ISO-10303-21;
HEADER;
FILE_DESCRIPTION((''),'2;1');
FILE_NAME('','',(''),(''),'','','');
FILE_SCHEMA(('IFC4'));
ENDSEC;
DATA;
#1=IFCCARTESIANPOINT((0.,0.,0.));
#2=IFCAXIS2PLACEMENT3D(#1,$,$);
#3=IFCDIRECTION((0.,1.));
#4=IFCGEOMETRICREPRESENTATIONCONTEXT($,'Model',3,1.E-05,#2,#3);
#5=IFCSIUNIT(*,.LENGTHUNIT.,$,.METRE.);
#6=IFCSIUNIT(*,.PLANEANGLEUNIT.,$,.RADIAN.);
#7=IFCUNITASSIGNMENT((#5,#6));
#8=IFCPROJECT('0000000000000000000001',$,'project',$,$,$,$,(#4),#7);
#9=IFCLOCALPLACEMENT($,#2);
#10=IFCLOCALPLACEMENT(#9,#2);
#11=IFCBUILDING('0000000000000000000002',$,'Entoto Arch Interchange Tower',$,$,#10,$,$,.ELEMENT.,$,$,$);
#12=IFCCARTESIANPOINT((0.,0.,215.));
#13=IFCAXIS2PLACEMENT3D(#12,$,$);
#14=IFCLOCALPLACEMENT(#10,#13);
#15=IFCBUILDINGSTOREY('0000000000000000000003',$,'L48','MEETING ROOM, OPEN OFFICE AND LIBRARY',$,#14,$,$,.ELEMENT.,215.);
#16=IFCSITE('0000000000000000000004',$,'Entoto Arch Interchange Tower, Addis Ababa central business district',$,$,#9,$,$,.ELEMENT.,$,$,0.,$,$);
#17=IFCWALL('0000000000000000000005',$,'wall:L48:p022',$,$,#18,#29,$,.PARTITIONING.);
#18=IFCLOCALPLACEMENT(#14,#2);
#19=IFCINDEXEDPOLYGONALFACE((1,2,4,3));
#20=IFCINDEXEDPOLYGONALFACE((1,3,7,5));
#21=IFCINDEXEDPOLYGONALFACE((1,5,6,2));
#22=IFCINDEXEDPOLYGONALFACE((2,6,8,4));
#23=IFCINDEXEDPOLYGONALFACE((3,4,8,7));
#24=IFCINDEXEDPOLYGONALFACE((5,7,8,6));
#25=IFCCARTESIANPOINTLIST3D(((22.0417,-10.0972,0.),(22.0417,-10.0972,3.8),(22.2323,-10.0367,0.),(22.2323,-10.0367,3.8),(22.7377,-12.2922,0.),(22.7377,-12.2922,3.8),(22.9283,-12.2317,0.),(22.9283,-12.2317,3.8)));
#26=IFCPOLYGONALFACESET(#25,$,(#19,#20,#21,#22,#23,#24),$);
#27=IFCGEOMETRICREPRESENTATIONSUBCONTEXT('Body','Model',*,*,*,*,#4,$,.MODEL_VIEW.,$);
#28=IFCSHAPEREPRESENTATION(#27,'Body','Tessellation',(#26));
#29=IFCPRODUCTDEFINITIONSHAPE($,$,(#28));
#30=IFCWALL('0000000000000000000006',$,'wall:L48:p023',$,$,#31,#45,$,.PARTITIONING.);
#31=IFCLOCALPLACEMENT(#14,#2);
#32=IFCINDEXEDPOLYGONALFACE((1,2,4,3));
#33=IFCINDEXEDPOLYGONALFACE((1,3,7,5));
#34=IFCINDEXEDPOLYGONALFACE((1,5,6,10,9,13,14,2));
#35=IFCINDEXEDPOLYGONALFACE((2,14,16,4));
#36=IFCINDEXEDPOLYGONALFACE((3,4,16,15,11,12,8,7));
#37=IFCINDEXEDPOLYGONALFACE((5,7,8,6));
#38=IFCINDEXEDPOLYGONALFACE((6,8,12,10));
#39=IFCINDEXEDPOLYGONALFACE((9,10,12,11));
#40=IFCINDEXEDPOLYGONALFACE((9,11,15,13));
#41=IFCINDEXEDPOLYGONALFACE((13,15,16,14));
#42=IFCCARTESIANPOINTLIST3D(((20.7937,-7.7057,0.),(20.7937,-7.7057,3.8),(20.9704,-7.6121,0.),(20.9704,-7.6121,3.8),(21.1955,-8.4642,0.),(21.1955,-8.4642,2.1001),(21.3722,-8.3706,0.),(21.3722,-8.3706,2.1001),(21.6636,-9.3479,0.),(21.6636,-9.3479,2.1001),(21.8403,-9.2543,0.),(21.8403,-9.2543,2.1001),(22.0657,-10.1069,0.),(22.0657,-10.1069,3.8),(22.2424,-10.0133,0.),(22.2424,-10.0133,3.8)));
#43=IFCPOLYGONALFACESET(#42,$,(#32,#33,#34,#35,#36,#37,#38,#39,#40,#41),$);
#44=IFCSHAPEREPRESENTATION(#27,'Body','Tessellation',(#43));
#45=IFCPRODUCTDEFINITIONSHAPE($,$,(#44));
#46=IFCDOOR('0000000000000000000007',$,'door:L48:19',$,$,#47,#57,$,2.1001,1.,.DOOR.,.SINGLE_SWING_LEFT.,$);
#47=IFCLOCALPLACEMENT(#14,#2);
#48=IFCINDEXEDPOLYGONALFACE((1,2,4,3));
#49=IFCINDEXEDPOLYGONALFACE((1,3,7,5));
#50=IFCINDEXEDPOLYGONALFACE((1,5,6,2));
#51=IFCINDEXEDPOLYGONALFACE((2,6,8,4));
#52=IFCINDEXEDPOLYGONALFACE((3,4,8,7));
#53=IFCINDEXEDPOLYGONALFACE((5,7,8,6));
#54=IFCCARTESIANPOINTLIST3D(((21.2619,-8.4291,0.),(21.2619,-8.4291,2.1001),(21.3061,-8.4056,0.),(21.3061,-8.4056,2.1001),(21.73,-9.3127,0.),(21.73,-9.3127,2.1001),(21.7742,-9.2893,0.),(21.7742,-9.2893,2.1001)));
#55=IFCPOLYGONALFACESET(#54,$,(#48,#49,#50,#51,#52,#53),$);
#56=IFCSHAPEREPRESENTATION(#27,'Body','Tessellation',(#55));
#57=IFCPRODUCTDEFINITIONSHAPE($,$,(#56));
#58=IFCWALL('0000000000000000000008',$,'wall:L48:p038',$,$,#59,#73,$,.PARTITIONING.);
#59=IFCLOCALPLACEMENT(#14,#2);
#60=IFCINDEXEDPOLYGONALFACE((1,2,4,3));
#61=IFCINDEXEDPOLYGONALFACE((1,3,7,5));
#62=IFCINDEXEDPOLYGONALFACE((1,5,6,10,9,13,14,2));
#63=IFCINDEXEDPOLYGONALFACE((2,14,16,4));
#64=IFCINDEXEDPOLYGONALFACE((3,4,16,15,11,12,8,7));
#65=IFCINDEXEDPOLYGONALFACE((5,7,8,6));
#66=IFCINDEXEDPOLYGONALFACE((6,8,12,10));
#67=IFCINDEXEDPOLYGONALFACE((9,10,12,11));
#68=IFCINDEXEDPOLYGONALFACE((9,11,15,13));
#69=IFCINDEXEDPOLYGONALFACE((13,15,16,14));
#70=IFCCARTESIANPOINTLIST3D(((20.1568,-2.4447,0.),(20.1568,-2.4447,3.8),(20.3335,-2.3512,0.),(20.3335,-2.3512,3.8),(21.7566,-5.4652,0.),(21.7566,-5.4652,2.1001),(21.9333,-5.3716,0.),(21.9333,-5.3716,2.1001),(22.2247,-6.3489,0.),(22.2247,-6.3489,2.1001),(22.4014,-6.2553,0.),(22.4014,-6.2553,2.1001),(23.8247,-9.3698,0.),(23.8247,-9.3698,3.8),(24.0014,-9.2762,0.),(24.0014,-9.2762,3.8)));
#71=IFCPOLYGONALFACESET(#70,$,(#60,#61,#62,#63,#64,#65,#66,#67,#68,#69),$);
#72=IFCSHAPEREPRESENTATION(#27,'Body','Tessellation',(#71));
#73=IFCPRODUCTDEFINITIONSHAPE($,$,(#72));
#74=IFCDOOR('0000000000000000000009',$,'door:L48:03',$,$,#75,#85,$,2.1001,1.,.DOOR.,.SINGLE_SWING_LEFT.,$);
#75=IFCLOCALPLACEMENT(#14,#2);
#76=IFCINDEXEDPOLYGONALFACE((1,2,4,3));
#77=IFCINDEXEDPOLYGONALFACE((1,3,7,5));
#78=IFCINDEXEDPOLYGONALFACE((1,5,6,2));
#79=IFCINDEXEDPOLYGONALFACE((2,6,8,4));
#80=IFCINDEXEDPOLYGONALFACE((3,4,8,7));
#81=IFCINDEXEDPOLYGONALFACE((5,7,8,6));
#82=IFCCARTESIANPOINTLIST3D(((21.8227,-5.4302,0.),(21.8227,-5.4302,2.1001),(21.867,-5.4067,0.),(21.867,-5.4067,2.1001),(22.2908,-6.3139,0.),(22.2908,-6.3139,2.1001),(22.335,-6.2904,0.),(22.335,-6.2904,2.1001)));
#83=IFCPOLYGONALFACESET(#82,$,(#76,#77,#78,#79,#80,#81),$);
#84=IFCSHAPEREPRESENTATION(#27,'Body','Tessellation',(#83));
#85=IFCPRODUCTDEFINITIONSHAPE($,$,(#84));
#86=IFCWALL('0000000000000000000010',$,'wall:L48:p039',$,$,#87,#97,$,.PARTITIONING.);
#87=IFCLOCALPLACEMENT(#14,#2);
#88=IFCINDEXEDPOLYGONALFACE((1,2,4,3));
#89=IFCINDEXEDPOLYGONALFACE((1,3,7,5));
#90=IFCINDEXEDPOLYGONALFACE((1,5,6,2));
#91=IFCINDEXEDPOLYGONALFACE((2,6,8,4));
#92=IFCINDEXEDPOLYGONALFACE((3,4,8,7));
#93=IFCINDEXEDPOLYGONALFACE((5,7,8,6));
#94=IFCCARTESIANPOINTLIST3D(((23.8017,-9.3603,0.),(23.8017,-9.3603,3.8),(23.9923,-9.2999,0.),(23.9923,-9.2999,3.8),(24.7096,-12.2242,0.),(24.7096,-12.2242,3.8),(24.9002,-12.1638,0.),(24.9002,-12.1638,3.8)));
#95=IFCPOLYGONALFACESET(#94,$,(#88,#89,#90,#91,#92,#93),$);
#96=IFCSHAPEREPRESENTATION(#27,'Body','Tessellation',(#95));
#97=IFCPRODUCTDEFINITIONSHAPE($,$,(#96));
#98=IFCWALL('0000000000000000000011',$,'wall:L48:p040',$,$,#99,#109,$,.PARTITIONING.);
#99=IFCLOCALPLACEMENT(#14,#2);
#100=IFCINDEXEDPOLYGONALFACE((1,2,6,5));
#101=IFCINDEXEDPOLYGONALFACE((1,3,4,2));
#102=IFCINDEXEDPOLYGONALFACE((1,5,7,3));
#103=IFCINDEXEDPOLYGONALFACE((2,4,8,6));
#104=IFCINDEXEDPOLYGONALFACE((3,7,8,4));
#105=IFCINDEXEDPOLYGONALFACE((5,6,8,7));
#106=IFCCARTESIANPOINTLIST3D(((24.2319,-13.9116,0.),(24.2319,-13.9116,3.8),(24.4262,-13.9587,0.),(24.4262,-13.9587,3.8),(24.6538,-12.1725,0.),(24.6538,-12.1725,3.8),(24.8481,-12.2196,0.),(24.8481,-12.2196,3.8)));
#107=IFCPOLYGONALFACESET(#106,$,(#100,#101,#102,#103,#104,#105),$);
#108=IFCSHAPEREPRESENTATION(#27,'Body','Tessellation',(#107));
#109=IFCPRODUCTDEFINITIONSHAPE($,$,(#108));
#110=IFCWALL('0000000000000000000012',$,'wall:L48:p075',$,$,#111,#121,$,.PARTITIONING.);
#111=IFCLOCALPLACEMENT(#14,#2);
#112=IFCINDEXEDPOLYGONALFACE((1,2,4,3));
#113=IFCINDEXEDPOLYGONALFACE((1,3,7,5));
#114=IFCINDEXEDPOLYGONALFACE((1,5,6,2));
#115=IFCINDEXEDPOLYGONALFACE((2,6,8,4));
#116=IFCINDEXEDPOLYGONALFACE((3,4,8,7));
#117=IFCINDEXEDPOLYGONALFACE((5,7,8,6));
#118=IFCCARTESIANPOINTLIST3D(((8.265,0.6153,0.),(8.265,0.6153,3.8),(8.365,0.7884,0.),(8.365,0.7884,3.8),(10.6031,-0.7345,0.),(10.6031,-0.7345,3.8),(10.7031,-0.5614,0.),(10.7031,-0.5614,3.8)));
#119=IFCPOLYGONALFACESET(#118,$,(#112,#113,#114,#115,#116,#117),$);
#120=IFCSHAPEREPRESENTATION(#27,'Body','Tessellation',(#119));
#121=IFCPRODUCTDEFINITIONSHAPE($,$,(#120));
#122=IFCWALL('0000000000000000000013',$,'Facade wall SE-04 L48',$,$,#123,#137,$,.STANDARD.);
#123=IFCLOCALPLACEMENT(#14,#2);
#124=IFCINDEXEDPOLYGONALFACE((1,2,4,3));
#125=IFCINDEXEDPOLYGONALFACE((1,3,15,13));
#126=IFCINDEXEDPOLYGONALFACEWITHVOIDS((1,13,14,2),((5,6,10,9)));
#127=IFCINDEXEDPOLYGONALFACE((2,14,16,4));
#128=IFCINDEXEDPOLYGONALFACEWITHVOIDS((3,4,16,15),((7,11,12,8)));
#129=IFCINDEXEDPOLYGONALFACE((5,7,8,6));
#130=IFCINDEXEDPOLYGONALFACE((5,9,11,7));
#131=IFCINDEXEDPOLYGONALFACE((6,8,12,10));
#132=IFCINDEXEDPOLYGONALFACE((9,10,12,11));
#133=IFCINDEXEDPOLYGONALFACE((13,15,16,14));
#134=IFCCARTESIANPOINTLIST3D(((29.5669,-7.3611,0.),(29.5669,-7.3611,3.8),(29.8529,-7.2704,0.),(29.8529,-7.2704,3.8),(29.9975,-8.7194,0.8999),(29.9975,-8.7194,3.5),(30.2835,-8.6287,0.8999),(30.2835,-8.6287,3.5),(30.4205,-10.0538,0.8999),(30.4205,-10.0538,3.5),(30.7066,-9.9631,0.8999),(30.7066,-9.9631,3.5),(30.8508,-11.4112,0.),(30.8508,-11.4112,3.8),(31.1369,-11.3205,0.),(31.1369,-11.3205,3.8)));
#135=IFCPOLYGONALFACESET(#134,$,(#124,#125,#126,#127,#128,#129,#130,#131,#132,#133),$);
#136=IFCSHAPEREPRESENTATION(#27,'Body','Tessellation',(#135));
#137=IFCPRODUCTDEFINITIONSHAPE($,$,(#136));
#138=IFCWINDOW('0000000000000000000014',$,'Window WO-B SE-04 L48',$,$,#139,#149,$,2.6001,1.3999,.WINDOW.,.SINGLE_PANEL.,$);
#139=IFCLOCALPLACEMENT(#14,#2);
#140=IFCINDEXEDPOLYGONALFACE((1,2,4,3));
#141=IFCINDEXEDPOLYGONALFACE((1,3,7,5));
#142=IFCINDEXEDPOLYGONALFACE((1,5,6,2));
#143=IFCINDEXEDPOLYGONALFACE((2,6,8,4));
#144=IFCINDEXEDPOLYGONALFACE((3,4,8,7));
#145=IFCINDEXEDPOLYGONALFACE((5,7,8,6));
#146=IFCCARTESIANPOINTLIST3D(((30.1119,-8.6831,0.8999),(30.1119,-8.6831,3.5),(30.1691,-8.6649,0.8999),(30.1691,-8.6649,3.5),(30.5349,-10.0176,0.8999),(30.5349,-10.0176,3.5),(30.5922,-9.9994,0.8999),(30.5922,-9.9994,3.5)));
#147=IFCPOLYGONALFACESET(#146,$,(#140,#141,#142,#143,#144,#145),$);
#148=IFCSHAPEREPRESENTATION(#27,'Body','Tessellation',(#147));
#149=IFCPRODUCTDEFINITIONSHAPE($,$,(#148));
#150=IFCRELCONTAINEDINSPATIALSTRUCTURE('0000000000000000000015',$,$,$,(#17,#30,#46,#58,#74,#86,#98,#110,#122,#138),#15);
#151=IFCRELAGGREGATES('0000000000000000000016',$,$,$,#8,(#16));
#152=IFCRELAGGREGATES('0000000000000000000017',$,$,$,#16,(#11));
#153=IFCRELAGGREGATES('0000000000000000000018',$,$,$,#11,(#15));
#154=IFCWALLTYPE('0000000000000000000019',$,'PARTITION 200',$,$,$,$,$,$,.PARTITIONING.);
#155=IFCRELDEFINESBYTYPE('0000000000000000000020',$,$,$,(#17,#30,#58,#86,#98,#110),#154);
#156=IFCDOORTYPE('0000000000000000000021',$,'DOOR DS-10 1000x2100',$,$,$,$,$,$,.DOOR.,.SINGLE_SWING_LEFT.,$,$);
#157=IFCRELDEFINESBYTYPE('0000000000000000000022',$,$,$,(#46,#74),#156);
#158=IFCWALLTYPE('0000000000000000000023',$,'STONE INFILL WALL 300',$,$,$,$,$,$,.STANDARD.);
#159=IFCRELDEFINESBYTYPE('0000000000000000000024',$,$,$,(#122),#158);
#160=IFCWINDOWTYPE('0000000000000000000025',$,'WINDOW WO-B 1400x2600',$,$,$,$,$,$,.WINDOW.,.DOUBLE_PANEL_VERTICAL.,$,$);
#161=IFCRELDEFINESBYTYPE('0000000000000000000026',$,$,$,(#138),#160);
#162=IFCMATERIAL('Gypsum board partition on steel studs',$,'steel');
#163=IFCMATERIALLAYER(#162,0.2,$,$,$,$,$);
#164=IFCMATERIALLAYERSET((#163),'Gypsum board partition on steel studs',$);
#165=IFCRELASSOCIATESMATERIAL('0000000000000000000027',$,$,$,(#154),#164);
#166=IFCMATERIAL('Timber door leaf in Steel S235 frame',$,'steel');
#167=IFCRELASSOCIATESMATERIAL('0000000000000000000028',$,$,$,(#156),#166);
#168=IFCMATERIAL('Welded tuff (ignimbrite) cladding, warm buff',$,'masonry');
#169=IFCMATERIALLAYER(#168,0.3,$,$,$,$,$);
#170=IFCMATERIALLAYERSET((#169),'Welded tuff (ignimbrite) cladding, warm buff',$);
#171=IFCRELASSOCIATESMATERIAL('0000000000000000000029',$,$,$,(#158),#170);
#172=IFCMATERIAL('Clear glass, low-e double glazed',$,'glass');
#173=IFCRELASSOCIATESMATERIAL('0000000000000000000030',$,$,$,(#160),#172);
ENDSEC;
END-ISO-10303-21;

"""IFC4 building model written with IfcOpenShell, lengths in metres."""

from ifc_helpers import new_model, si_unit, direction, frame, frame_2d, origin, place, context, subcontext, project, spatial, rectangle, extrude, material, layer, layer_set, type_object, element, fill, save


model = new_model("IFC4")

# Units and contexts
model_context = context("Model", 3, precision=1e-05, world=origin(), true_north=direction((0.0, 1.0)))
body_context = subcontext(model_context, "Body", "Model", "MODEL_VIEW")
ifc_project = project(units=[si_unit("LENGTHUNIT", "METRE"), si_unit("PLANEANGLEUNIT", "RADIAN")], contexts=[model_context])

# Site, building, storey
site_placement = place(None, origin())
site = spatial("IfcSite", under=ifc_project, at=site_placement, Name="Entoto Arch Interchange Tower, Addis Ababa central business district", CompositionType="ELEMENT", RefElevation=0.0)
building_placement = place(site_placement, origin())
building = spatial("IfcBuilding", under=site, at=building_placement, Name="Entoto Arch Interchange Tower", CompositionType="ELEMENT")
storey_placement = place(building_placement, frame((0.0, 0.0, 215.0)))
storey = spatial("IfcBuildingStorey", under=building, at=storey_placement, Name="L48", Description="MEETING ROOM, OPEN OFFICE AND LIBRARY", CompositionType="ELEMENT", Elevation=215.0)

# Shared definitions
ifc_material_1 = material(Name="Gypsum board partition on steel studs", Category="steel")
ifc_layer_1 = layer(ifc_material_1, 0.2)
ifc_layer_set_1 = layer_set([ifc_layer_1], Name="Gypsum board partition on steel studs")
wall_type_1 = type_object("IfcWallType", Name="PARTITION 200", PredefinedType="PARTITIONING", material=ifc_layer_set_1)

# Shared definitions
ifc_material_2 = material(Name="Timber door leaf in Steel S235 frame", Category="steel")
door_type = type_object("IfcDoorType", Name="DOOR DS-10 1000x2100", OperationType="SINGLE_SWING_LEFT", PredefinedType="DOOR", material=ifc_material_2)

# Wall
wall_1_placement = place(storey_placement, frame((22.833, -12.262, 0.0), z_axis=(0.0, 0.0, 1.0), x_axis=(-0.302263, 0.953225, 0.0)))
element("IfcWall", 1, at=wall_1_placement, inside=storey, type_object=wall_type_1, Name="wall:L48:p022", PredefinedType="PARTITIONING", context=body_context, shape_type="SweptSolid", body=[
    extrude(rectangle(XDim=2.3027, YDim=0.2, at=frame_2d((1.1514, 0.0))), origin(), (0.0, 0.0, 1.0), 3.8),
])

# Walls, openings, doors
wall_2_placement = place(storey_placement, frame((22.1541, -10.0601, 0.0), z_axis=(0.0, 0.0, 1.0), x_axis=(-0.468115, 0.883668, 0.0)))
wall_2 = element("IfcWall", 2, at=wall_2_placement, inside=storey, type_object=wall_type_1, Name="wall:L48:p023", PredefinedType="PARTITIONING", context=body_context, shape_type="SweptSolid", body=[
    extrude(rectangle(XDim=2.7173, YDim=0.2, at=frame_2d((1.3586, 0.0))), origin(), (0.0, 0.0, 1.0), 3.8),
])
opening_1_placement = place(wall_2_placement, frame((0.8589, 0.0, 0.0)))
opening_1 = element("IfcOpeningElement", 3, at=opening_1_placement, cuts=wall_2, PredefinedType="OPENING", context=body_context, shape_type="SweptSolid", body=[
    extrude(rectangle(XDim=1.0, YDim=2.1001, at=frame_2d((0.5, 1.05))), frame((0.0, 0.1099, 0.0), z_axis=(0.0, -1.0, 0.0), x_axis=(1.0, 0.0, 0.0)), (0.0, 0.0, 1.0), 0.22),
])
door_1_placement = place(opening_1_placement, origin())
door_1 = element("IfcDoor", 4, at=door_1_placement, inside=storey, type_object=door_type, Name="door:L48:19", OperationType="SINGLE_SWING_LEFT", OverallHeight=2.1001, OverallWidth=1.0, PredefinedType="DOOR", context=body_context, shape_type="SweptSolid", body=[
    extrude(rectangle(XDim=1.0, YDim=2.1001, at=frame_2d((0.5, 1.05))), frame((0.0, 0.0249, 0.0), z_axis=(0.0, -1.0, 0.0), x_axis=(1.0, 0.0, 0.0)), (0.0, 0.0, 1.0), 0.05),
])
fill(opening_1, door_1)
wall_3_placement = place(storey_placement, frame((20.2451, -2.3979, 0.0), z_axis=(0.0, 0.0, 1.0), x_axis=(0.468064, -0.883695, 0.0)))
wall_3 = element("IfcWall", 5, at=wall_3_placement, inside=storey, type_object=wall_type_1, Name="wall:L48:p038", PredefinedType="PARTITIONING", context=body_context, shape_type="SweptSolid", body=[
    extrude(rectangle(XDim=7.8364, YDim=0.2, at=frame_2d((3.9182, 0.0))), origin(), (0.0, 0.0, 1.0), 3.8),
])
opening_2_placement = place(wall_3_placement, frame((3.418, 0.0, 0.0)))
opening_2 = element("IfcOpeningElement", 6, at=opening_2_placement, cuts=wall_3, PredefinedType="OPENING", context=body_context, shape_type="SweptSolid", body=[
    extrude(rectangle(XDim=1.0, YDim=2.1001, at=frame_2d((0.5, 1.05))), frame((0.0, 0.1099, 0.0), z_axis=(0.0, -1.0, 0.0), x_axis=(1.0, 0.0, 0.0)), (0.0, 0.0, 1.0), 0.22),
])
door_2_placement = place(opening_2_placement, origin())
door_2 = element("IfcDoor", 7, at=door_2_placement, inside=storey, type_object=door_type, Name="door:L48:03", OperationType="SINGLE_SWING_LEFT", OverallHeight=2.1001, OverallWidth=1.0, PredefinedType="DOOR", context=body_context, shape_type="SweptSolid", body=[
    extrude(rectangle(XDim=1.0, YDim=2.1001, at=frame_2d((0.5, 1.05))), frame((0.0, 0.0249, 0.0), z_axis=(0.0, -1.0, 0.0), x_axis=(1.0, 0.0, 0.0)), (0.0, 0.0, 1.0), 0.05),
])
fill(opening_2, door_2)

# Walls
wall_4_placement = place(storey_placement, frame((23.897, -9.3301, 0.0), z_axis=(0.0, 0.0, 1.0), x_axis=(0.302201, -0.953244, 0.0)))
element("IfcWall", 8, at=wall_4_placement, inside=storey, type_object=wall_type_1, Name="wall:L48:p039", PredefinedType="PARTITIONING", context=body_context, shape_type="SweptSolid", body=[
    extrude(rectangle(XDim=3.0044, YDim=0.2, at=frame_2d((1.5022, 0.0))), origin(), (0.0, 0.0, 1.0), 3.8),
])
wall_5_placement = place(storey_placement, frame((24.751, -12.196, 0.0), z_axis=(0.0, 0.0, 1.0), x_axis=(-0.235756, -0.971812, 0.0)))
element("IfcWall", 9, at=wall_5_placement, inside=storey, type_object=wall_type_1, Name="wall:L48:p040", PredefinedType="PARTITIONING", context=body_context, shape_type="SweptSolid", body=[
    extrude(rectangle(XDim=1.7896, YDim=0.2, at=frame_2d((0.8948, 0.0))), origin(), (0.0, 0.0, 1.0), 3.8),
])
wall_6_placement = place(storey_placement, frame((10.6531, -0.6479, 0.0), z_axis=(0.0, 0.0, 1.0), x_axis=(-0.866037, 0.499981, 0.0)))
element("IfcWall", 10, at=wall_6_placement, inside=storey, type_object=wall_type_1, Name="wall:L48:p075", PredefinedType="PARTITIONING", context=body_context, shape_type="SweptSolid", body=[
    extrude(rectangle(XDim=2.6997, YDim=0.2, at=frame_2d((1.3499, 0.0))), origin(), (0.0, 0.0, 1.0), 3.8),
])

# Wall, opening, window
ifc_material_3 = material(Name="Welded tuff (ignimbrite) cladding, warm buff", Category="masonry")
ifc_layer_2 = layer(ifc_material_3, 0.3)
ifc_layer_set_2 = layer_set([ifc_layer_2], Name="Welded tuff (ignimbrite) cladding, warm buff")
wall_type_2 = type_object("IfcWallType", Name="STONE INFILL WALL 300", PredefinedType="STANDARD", material=ifc_layer_set_2)
wall_7_placement = place(storey_placement, frame((30.9939, -11.366, 0.0), z_axis=(0.0, 0.0, 1.0), x_axis=(-0.302195, 0.953246, 0.0)))
wall_7 = element("IfcWall", 11, at=wall_7_placement, inside=storey, type_object=wall_type_2, Name="Facade wall SE-04 L48", PredefinedType="STANDARD", context=body_context, shape_type="SweptSolid", body=[
    extrude(rectangle(XDim=4.2488, YDim=0.3, at=frame_2d((2.1245, 0.0))), origin(), (0.0, 0.0, 1.0), 3.8),
])
opening_3_placement = place(wall_7_placement, frame((1.4241, 0.0, 0.8999)))
opening_3 = element("IfcOpeningElement", 12, at=opening_3_placement, cuts=wall_7, PredefinedType="OPENING", context=body_context, shape_type="SweptSolid", body=[
    extrude(rectangle(XDim=1.3999, YDim=2.6001, at=frame_2d((0.7, 1.3))), frame((0.0, 0.1602, 0.0), z_axis=(0.0, -1.0, 0.0), x_axis=(1.0, 0.0, 0.0)), (0.0, 0.0, 1.0), 0.3201),
])
ifc_material_4 = material(Name="Clear glass, low-e double glazed", Category="glass")
window_type_1 = type_object("IfcWindowType", Name="WINDOW WO-B 1400x2600", PartitioningType="DOUBLE_PANEL_VERTICAL", PredefinedType="WINDOW", material=ifc_material_4)
window_1_placement = place(opening_3_placement, origin())
window_1 = element("IfcWindow", 13, at=window_1_placement, inside=storey, type_object=window_type_1, Name="Window WO-B SE-04 L48", OverallHeight=2.6001, OverallWidth=1.3999, PartitioningType="SINGLE_PANEL", PredefinedType="WINDOW", context=body_context, shape_type="SweptSolid", body=[
    extrude(rectangle(XDim=1.3999, YDim=2.6001, at=frame_2d((0.7, 1.3))), frame((0.0, 0.03, 0.0), z_axis=(0.0, -1.0, 0.0), x_axis=(1.0, 0.0, 0.0)), (0.0, 0.0, 1.0), 0.0601),
])
fill(opening_3, window_1)

save(model, "model.ifc")
